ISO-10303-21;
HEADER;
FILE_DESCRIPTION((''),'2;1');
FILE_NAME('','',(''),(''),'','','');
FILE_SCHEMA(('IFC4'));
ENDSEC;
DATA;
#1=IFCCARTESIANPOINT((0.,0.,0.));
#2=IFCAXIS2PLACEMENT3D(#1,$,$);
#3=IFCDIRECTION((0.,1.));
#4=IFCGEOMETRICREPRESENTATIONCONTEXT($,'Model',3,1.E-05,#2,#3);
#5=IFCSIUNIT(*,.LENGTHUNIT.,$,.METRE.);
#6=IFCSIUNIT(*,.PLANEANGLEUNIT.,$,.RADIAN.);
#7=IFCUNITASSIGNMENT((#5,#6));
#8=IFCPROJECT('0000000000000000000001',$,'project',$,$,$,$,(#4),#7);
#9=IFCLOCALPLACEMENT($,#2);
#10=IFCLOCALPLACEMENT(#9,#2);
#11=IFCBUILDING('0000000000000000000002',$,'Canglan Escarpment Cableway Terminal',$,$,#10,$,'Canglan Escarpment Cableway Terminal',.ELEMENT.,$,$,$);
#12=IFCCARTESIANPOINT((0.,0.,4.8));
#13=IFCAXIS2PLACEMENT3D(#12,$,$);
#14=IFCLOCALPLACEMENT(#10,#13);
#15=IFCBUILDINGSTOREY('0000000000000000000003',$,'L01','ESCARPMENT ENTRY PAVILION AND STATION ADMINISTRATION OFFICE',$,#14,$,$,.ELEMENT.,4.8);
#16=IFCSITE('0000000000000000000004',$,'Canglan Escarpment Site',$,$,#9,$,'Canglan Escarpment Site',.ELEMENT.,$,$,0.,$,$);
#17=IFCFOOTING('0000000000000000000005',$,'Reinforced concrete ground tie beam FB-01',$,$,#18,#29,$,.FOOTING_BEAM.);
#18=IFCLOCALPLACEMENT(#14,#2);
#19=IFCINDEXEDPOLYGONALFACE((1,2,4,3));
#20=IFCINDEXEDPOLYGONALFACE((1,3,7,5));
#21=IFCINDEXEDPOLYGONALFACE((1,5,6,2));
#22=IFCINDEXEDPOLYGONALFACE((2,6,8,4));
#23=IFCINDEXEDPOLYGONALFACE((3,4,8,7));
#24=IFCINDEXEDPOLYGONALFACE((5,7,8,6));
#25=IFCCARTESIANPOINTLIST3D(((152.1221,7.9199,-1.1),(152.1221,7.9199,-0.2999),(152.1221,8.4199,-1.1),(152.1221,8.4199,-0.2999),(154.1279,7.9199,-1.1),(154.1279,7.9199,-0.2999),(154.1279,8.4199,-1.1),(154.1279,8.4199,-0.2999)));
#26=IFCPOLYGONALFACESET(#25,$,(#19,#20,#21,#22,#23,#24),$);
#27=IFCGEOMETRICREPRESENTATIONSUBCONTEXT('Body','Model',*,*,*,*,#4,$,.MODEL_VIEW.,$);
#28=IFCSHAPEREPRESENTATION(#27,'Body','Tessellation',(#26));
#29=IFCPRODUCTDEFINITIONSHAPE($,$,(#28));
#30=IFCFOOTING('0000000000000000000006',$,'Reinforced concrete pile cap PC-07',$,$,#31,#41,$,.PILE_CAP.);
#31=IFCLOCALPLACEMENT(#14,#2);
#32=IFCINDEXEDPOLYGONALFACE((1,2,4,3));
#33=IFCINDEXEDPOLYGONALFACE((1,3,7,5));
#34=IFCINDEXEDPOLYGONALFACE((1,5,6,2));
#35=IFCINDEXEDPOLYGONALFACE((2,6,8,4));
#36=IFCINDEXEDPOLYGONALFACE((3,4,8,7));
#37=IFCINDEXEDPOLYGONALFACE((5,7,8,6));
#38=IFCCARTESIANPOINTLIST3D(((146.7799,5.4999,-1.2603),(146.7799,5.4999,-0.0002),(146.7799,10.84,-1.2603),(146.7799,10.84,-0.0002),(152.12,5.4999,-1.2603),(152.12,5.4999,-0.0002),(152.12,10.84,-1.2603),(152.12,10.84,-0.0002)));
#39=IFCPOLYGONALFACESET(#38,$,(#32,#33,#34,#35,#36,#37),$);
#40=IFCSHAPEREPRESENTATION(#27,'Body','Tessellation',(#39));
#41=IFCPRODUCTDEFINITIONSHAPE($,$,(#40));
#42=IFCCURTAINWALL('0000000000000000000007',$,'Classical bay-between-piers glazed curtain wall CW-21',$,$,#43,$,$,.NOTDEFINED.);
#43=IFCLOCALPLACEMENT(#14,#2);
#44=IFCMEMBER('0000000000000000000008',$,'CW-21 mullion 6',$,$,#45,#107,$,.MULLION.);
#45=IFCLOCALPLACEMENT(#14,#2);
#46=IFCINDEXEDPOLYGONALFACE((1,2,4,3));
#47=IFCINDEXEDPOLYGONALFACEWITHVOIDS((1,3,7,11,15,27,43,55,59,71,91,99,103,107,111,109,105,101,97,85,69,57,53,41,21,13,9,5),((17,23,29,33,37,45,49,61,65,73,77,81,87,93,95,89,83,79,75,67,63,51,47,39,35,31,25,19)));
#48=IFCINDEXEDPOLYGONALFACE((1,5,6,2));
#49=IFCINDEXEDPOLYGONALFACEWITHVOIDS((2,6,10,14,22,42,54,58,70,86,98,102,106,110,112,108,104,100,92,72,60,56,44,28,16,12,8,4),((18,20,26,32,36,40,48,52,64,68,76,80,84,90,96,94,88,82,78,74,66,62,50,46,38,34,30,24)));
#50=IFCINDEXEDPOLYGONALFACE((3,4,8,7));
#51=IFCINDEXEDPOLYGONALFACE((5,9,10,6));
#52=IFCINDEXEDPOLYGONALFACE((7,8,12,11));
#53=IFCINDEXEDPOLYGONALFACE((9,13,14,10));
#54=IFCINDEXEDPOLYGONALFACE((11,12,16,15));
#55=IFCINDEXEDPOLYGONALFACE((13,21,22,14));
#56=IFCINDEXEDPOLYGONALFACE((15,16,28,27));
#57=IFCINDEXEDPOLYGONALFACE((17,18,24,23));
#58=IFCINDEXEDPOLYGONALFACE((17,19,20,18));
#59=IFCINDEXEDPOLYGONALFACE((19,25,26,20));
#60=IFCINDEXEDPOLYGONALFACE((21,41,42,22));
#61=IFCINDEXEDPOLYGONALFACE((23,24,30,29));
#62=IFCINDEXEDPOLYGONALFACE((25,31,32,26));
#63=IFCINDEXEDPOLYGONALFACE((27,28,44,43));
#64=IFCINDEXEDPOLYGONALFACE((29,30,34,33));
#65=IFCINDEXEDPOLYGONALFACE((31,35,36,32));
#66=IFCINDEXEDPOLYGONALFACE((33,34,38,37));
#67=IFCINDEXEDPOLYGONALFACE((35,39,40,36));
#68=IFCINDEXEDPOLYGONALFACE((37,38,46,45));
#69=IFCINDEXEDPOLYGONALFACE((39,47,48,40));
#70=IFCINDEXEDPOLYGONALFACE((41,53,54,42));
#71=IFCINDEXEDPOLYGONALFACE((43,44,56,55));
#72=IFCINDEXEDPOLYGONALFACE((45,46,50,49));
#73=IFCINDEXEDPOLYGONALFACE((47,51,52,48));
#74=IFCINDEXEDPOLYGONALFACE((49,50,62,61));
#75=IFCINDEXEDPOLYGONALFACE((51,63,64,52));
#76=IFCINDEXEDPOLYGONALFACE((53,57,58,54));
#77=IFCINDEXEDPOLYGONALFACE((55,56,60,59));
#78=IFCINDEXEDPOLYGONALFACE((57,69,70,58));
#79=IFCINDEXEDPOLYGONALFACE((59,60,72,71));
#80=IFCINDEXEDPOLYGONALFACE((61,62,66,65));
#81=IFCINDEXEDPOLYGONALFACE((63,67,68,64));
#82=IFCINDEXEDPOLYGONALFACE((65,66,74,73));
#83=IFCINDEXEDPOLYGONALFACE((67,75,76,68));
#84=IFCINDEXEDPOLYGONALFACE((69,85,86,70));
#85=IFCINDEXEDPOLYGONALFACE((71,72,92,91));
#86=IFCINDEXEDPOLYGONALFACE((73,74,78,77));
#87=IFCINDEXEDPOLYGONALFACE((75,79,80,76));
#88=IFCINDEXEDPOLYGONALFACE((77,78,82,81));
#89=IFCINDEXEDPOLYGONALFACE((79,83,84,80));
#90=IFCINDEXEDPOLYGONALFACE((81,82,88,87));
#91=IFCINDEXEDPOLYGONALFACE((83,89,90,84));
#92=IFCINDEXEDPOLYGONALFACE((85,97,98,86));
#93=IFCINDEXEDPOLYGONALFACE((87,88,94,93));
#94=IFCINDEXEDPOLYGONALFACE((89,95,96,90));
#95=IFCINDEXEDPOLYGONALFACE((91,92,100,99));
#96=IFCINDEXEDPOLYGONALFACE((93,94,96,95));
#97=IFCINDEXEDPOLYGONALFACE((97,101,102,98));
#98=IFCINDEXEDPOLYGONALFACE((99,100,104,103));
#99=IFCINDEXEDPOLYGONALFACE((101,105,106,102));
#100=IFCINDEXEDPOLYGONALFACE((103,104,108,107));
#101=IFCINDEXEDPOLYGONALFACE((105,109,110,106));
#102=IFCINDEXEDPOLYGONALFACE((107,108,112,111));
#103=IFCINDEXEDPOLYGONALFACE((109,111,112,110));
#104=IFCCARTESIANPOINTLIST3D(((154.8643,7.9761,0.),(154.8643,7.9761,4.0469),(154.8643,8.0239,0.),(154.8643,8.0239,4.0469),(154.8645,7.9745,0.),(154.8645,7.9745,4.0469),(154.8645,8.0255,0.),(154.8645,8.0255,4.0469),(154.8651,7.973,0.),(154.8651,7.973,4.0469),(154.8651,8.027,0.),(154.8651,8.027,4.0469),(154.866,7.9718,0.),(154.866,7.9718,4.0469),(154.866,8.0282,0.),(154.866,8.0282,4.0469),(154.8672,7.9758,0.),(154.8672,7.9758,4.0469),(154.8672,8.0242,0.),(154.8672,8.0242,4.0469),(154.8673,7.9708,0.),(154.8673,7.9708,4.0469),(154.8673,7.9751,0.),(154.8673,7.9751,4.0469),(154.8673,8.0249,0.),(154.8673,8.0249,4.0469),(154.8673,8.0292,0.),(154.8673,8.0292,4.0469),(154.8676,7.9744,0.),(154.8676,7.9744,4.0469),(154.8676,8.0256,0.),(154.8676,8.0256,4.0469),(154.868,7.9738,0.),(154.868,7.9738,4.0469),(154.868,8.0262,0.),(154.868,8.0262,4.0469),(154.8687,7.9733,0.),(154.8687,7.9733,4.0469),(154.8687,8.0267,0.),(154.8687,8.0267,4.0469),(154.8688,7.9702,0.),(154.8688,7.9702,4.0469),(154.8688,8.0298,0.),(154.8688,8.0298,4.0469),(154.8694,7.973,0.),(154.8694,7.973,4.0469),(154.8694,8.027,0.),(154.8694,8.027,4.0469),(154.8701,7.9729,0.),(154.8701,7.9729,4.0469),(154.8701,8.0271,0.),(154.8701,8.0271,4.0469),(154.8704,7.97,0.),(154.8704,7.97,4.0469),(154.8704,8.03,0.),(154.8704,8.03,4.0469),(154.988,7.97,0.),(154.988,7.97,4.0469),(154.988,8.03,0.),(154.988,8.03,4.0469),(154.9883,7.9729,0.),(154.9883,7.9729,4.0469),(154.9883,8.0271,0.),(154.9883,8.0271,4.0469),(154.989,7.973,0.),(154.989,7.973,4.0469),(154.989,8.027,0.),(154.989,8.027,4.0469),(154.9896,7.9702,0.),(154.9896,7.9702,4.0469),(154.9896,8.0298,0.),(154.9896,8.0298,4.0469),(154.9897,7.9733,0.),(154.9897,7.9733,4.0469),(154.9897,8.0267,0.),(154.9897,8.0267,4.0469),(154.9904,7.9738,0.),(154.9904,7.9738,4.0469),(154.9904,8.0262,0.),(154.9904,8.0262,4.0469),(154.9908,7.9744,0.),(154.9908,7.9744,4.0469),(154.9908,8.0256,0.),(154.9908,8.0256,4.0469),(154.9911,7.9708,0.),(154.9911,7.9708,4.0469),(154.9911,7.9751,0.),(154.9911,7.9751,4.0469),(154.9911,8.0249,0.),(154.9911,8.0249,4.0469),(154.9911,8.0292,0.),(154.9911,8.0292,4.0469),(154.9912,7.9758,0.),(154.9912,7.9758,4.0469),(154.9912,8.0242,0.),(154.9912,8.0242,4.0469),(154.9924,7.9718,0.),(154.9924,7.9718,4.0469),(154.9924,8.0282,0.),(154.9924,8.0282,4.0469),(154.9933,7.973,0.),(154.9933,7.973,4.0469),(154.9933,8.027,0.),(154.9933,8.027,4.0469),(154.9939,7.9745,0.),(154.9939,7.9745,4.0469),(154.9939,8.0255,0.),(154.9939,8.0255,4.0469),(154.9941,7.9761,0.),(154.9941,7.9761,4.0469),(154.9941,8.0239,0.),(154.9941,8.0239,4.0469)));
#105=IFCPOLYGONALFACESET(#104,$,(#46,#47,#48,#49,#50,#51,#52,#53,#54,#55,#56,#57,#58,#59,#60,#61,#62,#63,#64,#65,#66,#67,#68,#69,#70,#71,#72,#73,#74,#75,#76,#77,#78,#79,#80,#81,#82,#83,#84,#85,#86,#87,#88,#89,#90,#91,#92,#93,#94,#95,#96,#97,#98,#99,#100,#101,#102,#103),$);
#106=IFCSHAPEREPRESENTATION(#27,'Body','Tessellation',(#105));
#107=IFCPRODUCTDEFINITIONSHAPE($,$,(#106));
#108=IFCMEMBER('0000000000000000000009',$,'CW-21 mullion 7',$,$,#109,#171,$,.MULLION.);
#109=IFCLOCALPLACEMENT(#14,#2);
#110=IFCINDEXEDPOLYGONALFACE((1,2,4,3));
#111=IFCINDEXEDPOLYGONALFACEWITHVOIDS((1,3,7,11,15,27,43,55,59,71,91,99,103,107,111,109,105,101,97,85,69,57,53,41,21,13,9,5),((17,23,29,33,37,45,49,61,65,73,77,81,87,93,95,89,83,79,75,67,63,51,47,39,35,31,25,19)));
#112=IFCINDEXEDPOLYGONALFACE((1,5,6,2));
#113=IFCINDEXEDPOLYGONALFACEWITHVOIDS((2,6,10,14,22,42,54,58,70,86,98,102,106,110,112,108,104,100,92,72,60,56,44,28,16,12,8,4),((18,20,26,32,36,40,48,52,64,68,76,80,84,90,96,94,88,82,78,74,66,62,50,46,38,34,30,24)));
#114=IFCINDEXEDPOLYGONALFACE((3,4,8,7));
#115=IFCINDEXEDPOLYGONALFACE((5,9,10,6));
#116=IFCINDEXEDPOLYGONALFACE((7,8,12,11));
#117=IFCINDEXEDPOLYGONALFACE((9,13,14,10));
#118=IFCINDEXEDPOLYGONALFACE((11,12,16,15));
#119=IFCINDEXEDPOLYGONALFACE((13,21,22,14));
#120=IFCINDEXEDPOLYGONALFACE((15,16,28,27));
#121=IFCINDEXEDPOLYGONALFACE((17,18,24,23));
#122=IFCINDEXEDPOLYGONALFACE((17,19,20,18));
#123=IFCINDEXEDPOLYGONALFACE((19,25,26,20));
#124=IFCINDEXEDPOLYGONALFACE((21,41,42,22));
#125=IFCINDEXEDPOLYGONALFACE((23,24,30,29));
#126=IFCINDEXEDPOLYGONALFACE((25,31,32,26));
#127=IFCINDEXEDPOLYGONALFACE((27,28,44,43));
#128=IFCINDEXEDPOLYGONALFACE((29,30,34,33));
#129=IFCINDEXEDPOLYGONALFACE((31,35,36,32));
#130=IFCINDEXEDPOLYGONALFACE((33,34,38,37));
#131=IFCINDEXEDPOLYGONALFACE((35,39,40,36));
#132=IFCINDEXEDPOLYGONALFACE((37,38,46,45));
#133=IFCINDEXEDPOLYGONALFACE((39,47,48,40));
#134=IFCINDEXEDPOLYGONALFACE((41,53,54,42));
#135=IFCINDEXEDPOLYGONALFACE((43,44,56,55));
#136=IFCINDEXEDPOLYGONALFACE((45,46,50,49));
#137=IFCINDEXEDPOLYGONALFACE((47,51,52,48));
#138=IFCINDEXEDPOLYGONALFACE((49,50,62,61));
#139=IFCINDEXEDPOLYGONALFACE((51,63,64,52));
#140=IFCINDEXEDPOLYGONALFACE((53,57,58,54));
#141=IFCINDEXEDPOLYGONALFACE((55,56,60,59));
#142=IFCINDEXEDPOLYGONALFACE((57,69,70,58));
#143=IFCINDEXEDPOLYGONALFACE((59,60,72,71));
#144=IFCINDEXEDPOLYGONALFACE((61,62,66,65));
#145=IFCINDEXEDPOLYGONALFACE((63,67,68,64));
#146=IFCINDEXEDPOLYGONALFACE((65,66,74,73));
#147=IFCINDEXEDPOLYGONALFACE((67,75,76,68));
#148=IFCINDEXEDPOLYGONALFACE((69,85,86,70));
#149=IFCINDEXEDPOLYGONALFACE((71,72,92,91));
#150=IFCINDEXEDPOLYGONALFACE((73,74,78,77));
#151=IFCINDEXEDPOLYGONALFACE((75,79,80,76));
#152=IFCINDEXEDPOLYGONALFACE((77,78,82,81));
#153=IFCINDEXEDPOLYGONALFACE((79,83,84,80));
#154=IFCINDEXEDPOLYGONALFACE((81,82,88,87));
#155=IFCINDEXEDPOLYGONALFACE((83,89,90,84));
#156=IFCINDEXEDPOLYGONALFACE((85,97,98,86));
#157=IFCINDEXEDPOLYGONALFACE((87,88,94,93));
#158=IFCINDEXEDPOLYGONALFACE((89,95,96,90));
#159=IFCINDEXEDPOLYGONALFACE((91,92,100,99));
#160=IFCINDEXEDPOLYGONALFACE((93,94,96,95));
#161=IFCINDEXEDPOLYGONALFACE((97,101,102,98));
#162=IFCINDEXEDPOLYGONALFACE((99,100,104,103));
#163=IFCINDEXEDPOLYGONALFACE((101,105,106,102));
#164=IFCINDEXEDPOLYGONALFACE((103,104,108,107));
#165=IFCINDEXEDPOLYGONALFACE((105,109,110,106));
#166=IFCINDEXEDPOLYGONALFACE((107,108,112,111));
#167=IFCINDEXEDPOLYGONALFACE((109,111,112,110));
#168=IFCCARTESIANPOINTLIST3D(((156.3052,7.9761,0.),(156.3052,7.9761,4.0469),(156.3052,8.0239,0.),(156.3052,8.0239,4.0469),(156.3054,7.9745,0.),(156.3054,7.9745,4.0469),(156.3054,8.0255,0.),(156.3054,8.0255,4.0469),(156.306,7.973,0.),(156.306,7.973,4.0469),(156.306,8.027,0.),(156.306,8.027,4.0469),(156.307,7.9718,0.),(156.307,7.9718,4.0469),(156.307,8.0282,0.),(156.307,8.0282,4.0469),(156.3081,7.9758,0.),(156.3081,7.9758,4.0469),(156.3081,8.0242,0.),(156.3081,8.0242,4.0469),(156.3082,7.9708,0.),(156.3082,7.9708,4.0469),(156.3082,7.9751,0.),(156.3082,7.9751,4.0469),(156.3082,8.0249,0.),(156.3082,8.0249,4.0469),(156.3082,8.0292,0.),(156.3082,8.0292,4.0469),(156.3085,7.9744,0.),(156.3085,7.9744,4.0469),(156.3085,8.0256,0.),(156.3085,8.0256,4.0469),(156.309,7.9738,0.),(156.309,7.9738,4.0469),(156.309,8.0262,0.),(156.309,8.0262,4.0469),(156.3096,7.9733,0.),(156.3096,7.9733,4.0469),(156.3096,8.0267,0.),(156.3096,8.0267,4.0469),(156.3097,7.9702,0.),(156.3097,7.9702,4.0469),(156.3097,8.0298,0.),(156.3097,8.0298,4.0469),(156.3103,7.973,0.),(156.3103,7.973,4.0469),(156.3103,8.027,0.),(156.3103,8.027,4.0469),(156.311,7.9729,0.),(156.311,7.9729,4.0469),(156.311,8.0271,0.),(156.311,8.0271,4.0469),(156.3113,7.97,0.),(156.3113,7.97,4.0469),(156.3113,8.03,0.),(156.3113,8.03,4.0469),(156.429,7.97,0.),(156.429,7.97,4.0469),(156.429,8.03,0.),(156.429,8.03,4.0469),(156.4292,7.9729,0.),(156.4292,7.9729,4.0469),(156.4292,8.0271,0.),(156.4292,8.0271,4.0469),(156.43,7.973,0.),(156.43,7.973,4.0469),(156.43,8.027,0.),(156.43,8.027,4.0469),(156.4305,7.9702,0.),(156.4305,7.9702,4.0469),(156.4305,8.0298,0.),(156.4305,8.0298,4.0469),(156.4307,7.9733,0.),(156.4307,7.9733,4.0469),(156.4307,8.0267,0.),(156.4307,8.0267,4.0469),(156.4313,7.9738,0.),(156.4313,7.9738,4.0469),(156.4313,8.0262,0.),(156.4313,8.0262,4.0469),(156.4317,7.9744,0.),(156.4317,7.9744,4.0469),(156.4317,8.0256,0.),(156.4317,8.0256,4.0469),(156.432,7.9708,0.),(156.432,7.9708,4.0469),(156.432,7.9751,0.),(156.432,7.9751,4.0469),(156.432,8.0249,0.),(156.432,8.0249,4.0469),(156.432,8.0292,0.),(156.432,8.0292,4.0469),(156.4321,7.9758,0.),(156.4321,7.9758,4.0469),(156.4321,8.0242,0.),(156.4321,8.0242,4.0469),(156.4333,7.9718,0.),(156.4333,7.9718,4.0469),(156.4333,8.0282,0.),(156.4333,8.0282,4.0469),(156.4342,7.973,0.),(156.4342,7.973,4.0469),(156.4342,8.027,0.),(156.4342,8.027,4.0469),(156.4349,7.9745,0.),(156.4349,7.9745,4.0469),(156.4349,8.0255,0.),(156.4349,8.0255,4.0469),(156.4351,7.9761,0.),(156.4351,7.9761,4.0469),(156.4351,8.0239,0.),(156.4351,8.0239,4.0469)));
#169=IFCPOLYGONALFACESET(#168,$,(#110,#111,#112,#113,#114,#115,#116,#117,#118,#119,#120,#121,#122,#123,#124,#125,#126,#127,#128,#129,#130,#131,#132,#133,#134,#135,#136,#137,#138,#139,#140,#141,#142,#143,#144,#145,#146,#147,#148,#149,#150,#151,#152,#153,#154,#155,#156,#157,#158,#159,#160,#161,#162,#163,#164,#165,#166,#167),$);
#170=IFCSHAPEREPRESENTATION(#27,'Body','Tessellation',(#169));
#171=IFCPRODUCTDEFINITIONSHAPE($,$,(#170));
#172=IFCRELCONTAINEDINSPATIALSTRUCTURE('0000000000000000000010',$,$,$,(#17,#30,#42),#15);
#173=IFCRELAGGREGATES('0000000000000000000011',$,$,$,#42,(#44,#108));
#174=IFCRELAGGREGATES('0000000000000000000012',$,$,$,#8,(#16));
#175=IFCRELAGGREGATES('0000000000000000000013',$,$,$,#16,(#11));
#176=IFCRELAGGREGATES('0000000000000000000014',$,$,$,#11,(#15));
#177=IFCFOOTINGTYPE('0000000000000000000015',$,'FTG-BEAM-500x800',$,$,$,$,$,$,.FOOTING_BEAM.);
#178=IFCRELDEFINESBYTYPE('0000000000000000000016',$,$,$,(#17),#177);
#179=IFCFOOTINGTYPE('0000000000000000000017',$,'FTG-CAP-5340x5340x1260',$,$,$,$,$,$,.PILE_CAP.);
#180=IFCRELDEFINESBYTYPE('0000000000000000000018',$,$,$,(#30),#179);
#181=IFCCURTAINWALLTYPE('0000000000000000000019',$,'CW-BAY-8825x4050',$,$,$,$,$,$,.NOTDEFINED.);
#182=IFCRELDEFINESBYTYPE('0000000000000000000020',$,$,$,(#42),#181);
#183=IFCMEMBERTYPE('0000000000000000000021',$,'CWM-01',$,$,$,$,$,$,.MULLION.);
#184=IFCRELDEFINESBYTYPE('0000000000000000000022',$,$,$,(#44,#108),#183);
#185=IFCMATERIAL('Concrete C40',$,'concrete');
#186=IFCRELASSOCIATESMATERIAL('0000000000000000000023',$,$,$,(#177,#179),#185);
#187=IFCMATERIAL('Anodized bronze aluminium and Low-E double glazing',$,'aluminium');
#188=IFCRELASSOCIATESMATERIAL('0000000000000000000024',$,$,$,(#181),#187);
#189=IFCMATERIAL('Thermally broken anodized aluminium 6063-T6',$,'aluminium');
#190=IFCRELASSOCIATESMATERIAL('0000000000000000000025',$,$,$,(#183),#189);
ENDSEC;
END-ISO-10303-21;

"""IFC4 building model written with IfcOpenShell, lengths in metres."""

from ifc_helpers import new_model, si_unit, direction, frame, origin, origin_2d, place, context, subcontext, project, spatial, rectangle, hollow_rectangle, extrude, material, material_profile, profile_set, type_object, element, aggregate, save


model = new_model("IFC4")

# Units and contexts
model_context = context("Model", 3, precision=1e-05, world=origin(), true_north=direction((0.0, 1.0)))
body_context = subcontext(model_context, "Body", "Model", "MODEL_VIEW")
ifc_project = project(units=[si_unit("LENGTHUNIT", "METRE"), si_unit("PLANEANGLEUNIT", "RADIAN")], contexts=[model_context])

# Site, building, storey
site_placement = place(None, origin())
site = spatial("IfcSite", under=ifc_project, at=site_placement, Name="Canglan Escarpment Site", LongName="Canglan Escarpment Site", CompositionType="ELEMENT", RefElevation=0.0)
building_placement = place(site_placement, origin())
building = spatial("IfcBuilding", under=site, at=building_placement, Name="Canglan Escarpment Cableway Terminal", LongName="Canglan Escarpment Cableway Terminal", CompositionType="ELEMENT")
storey_placement = place(building_placement, frame((0.0, 0.0, 4.8)))
storey = spatial("IfcBuildingStorey", under=building, at=storey_placement, Name="L01", Description="ESCARPMENT ENTRY PAVILION AND STATION ADMINISTRATION OFFICE", CompositionType="ELEMENT", Elevation=4.8)

# Footings
ifc_material_1 = material(Name="Concrete C40", Category="concrete")
ifc_material_profile_1 = material_profile(ifc_material_1, rectangle(XDim=0.5, YDim=0.8, at=origin_2d()), Name="FB 500x800")
ifc_profile_set_1 = profile_set([ifc_material_profile_1], Name="Concrete C40")
footing_type_1 = type_object("IfcFootingType", Name="FTG-BEAM-500x800", PredefinedType="FOOTING_BEAM", material=ifc_profile_set_1)
footing_1_placement = place(storey_placement, frame((152.1221, 8.1699, -0.7), z_axis=(1.0, 0.0, 0.0), x_axis=(0.0, 1.0, 0.0)))
element("IfcFooting", 1, at=footing_1_placement, inside=storey, type_object=footing_type_1, Name="Reinforced concrete ground tie beam FB-01", PredefinedType="FOOTING_BEAM", context=body_context, shape_type="SweptSolid", body=[
    extrude(rectangle(XDim=0.5, YDim=0.8, at=origin_2d()), origin(), (0.0, 0.0, 1.0), 2.0059),
])
footing_type_2 = type_object("IfcFootingType", Name="FTG-CAP-5340x5340x1260", PredefinedType="PILE_CAP", material=ifc_material_1)
footing_2_placement = place(storey_placement, frame((149.45, 8.1699, -1.2603), z_axis=(0.0, 0.0, 1.0), x_axis=(1.0, 0.0, 0.0)))
element("IfcFooting", 2, at=footing_2_placement, inside=storey, type_object=footing_type_2, Name="Reinforced concrete pile cap PC-07", PredefinedType="PILE_CAP", context=body_context, shape_type="SweptSolid", body=[
    extrude(rectangle(XDim=5.3401, YDim=5.3401, at=origin_2d()), origin(), (0.0, 0.0, 1.0), 1.26),
])

# Curtain wall, members
ifc_material_2 = material(Name="Anodized bronze aluminium and Low-E double glazing", Category="aluminium")
curtain_wall_type = type_object("IfcCurtainWallType", Name="CW-BAY-8825x4050", PredefinedType="NOTDEFINED", material=ifc_material_2)
curtain_wall_placement = place(storey_placement, origin())
curtain_wall = element("IfcCurtainWall", 3, at=curtain_wall_placement, inside=storey, type_object=curtain_wall_type, Name="Classical bay-between-piers glazed curtain wall CW-21", PredefinedType="NOTDEFINED")
ifc_material_3 = material(Name="Thermally broken anodized aluminium 6063-T6", Category="aluminium")
ifc_material_profile_2 = material_profile(ifc_material_3, hollow_rectangle(XDim=0.0601, YDim=0.1299, WallThickness=0.0029, InnerFilletRadius=0.0029, OuterFilletRadius=0.0061, at=origin_2d()), Name="ALU-MULL 60x130x3")
ifc_profile_set_2 = profile_set([ifc_material_profile_2], Name="Thermally broken anodized aluminium 6063-T6")
member_type_1 = type_object("IfcMemberType", Name="CWM-01", PredefinedType="MULLION", material=ifc_profile_set_2)
member_1_placement = place(storey_placement, frame((154.9292, 8.0, 0.0), z_axis=(0.0, 0.0, 1.0), x_axis=(0.0, 1.0, 0.0)))
member_1 = element("IfcMember", 4, at=member_1_placement, type_object=member_type_1, Name="CW-21 mullion 6", PredefinedType="MULLION", context=body_context, shape_type="SweptSolid", body=[
    extrude(hollow_rectangle(XDim=0.0601, YDim=0.1299, WallThickness=0.0029, InnerFilletRadius=0.0029, OuterFilletRadius=0.0061, at=origin_2d()), origin(), (0.0, 0.0, 1.0), 4.0469),
])
member_2_placement = place(storey_placement, frame((156.3701, 8.0, 0.0), z_axis=(0.0, 0.0, 1.0), x_axis=(0.0, 1.0, 0.0)))
member_2 = element("IfcMember", 5, at=member_2_placement, type_object=member_type_1, Name="CW-21 mullion 7", PredefinedType="MULLION", context=body_context, shape_type="SweptSolid", body=[
    extrude(hollow_rectangle(XDim=0.0601, YDim=0.1299, WallThickness=0.0029, InnerFilletRadius=0.0029, OuterFilletRadius=0.0061, at=origin_2d()), origin(), (0.0, 0.0, 1.0), 4.0469),
])
aggregate(curtain_wall, [member_1, member_2])

save(model, "model.ifc")
